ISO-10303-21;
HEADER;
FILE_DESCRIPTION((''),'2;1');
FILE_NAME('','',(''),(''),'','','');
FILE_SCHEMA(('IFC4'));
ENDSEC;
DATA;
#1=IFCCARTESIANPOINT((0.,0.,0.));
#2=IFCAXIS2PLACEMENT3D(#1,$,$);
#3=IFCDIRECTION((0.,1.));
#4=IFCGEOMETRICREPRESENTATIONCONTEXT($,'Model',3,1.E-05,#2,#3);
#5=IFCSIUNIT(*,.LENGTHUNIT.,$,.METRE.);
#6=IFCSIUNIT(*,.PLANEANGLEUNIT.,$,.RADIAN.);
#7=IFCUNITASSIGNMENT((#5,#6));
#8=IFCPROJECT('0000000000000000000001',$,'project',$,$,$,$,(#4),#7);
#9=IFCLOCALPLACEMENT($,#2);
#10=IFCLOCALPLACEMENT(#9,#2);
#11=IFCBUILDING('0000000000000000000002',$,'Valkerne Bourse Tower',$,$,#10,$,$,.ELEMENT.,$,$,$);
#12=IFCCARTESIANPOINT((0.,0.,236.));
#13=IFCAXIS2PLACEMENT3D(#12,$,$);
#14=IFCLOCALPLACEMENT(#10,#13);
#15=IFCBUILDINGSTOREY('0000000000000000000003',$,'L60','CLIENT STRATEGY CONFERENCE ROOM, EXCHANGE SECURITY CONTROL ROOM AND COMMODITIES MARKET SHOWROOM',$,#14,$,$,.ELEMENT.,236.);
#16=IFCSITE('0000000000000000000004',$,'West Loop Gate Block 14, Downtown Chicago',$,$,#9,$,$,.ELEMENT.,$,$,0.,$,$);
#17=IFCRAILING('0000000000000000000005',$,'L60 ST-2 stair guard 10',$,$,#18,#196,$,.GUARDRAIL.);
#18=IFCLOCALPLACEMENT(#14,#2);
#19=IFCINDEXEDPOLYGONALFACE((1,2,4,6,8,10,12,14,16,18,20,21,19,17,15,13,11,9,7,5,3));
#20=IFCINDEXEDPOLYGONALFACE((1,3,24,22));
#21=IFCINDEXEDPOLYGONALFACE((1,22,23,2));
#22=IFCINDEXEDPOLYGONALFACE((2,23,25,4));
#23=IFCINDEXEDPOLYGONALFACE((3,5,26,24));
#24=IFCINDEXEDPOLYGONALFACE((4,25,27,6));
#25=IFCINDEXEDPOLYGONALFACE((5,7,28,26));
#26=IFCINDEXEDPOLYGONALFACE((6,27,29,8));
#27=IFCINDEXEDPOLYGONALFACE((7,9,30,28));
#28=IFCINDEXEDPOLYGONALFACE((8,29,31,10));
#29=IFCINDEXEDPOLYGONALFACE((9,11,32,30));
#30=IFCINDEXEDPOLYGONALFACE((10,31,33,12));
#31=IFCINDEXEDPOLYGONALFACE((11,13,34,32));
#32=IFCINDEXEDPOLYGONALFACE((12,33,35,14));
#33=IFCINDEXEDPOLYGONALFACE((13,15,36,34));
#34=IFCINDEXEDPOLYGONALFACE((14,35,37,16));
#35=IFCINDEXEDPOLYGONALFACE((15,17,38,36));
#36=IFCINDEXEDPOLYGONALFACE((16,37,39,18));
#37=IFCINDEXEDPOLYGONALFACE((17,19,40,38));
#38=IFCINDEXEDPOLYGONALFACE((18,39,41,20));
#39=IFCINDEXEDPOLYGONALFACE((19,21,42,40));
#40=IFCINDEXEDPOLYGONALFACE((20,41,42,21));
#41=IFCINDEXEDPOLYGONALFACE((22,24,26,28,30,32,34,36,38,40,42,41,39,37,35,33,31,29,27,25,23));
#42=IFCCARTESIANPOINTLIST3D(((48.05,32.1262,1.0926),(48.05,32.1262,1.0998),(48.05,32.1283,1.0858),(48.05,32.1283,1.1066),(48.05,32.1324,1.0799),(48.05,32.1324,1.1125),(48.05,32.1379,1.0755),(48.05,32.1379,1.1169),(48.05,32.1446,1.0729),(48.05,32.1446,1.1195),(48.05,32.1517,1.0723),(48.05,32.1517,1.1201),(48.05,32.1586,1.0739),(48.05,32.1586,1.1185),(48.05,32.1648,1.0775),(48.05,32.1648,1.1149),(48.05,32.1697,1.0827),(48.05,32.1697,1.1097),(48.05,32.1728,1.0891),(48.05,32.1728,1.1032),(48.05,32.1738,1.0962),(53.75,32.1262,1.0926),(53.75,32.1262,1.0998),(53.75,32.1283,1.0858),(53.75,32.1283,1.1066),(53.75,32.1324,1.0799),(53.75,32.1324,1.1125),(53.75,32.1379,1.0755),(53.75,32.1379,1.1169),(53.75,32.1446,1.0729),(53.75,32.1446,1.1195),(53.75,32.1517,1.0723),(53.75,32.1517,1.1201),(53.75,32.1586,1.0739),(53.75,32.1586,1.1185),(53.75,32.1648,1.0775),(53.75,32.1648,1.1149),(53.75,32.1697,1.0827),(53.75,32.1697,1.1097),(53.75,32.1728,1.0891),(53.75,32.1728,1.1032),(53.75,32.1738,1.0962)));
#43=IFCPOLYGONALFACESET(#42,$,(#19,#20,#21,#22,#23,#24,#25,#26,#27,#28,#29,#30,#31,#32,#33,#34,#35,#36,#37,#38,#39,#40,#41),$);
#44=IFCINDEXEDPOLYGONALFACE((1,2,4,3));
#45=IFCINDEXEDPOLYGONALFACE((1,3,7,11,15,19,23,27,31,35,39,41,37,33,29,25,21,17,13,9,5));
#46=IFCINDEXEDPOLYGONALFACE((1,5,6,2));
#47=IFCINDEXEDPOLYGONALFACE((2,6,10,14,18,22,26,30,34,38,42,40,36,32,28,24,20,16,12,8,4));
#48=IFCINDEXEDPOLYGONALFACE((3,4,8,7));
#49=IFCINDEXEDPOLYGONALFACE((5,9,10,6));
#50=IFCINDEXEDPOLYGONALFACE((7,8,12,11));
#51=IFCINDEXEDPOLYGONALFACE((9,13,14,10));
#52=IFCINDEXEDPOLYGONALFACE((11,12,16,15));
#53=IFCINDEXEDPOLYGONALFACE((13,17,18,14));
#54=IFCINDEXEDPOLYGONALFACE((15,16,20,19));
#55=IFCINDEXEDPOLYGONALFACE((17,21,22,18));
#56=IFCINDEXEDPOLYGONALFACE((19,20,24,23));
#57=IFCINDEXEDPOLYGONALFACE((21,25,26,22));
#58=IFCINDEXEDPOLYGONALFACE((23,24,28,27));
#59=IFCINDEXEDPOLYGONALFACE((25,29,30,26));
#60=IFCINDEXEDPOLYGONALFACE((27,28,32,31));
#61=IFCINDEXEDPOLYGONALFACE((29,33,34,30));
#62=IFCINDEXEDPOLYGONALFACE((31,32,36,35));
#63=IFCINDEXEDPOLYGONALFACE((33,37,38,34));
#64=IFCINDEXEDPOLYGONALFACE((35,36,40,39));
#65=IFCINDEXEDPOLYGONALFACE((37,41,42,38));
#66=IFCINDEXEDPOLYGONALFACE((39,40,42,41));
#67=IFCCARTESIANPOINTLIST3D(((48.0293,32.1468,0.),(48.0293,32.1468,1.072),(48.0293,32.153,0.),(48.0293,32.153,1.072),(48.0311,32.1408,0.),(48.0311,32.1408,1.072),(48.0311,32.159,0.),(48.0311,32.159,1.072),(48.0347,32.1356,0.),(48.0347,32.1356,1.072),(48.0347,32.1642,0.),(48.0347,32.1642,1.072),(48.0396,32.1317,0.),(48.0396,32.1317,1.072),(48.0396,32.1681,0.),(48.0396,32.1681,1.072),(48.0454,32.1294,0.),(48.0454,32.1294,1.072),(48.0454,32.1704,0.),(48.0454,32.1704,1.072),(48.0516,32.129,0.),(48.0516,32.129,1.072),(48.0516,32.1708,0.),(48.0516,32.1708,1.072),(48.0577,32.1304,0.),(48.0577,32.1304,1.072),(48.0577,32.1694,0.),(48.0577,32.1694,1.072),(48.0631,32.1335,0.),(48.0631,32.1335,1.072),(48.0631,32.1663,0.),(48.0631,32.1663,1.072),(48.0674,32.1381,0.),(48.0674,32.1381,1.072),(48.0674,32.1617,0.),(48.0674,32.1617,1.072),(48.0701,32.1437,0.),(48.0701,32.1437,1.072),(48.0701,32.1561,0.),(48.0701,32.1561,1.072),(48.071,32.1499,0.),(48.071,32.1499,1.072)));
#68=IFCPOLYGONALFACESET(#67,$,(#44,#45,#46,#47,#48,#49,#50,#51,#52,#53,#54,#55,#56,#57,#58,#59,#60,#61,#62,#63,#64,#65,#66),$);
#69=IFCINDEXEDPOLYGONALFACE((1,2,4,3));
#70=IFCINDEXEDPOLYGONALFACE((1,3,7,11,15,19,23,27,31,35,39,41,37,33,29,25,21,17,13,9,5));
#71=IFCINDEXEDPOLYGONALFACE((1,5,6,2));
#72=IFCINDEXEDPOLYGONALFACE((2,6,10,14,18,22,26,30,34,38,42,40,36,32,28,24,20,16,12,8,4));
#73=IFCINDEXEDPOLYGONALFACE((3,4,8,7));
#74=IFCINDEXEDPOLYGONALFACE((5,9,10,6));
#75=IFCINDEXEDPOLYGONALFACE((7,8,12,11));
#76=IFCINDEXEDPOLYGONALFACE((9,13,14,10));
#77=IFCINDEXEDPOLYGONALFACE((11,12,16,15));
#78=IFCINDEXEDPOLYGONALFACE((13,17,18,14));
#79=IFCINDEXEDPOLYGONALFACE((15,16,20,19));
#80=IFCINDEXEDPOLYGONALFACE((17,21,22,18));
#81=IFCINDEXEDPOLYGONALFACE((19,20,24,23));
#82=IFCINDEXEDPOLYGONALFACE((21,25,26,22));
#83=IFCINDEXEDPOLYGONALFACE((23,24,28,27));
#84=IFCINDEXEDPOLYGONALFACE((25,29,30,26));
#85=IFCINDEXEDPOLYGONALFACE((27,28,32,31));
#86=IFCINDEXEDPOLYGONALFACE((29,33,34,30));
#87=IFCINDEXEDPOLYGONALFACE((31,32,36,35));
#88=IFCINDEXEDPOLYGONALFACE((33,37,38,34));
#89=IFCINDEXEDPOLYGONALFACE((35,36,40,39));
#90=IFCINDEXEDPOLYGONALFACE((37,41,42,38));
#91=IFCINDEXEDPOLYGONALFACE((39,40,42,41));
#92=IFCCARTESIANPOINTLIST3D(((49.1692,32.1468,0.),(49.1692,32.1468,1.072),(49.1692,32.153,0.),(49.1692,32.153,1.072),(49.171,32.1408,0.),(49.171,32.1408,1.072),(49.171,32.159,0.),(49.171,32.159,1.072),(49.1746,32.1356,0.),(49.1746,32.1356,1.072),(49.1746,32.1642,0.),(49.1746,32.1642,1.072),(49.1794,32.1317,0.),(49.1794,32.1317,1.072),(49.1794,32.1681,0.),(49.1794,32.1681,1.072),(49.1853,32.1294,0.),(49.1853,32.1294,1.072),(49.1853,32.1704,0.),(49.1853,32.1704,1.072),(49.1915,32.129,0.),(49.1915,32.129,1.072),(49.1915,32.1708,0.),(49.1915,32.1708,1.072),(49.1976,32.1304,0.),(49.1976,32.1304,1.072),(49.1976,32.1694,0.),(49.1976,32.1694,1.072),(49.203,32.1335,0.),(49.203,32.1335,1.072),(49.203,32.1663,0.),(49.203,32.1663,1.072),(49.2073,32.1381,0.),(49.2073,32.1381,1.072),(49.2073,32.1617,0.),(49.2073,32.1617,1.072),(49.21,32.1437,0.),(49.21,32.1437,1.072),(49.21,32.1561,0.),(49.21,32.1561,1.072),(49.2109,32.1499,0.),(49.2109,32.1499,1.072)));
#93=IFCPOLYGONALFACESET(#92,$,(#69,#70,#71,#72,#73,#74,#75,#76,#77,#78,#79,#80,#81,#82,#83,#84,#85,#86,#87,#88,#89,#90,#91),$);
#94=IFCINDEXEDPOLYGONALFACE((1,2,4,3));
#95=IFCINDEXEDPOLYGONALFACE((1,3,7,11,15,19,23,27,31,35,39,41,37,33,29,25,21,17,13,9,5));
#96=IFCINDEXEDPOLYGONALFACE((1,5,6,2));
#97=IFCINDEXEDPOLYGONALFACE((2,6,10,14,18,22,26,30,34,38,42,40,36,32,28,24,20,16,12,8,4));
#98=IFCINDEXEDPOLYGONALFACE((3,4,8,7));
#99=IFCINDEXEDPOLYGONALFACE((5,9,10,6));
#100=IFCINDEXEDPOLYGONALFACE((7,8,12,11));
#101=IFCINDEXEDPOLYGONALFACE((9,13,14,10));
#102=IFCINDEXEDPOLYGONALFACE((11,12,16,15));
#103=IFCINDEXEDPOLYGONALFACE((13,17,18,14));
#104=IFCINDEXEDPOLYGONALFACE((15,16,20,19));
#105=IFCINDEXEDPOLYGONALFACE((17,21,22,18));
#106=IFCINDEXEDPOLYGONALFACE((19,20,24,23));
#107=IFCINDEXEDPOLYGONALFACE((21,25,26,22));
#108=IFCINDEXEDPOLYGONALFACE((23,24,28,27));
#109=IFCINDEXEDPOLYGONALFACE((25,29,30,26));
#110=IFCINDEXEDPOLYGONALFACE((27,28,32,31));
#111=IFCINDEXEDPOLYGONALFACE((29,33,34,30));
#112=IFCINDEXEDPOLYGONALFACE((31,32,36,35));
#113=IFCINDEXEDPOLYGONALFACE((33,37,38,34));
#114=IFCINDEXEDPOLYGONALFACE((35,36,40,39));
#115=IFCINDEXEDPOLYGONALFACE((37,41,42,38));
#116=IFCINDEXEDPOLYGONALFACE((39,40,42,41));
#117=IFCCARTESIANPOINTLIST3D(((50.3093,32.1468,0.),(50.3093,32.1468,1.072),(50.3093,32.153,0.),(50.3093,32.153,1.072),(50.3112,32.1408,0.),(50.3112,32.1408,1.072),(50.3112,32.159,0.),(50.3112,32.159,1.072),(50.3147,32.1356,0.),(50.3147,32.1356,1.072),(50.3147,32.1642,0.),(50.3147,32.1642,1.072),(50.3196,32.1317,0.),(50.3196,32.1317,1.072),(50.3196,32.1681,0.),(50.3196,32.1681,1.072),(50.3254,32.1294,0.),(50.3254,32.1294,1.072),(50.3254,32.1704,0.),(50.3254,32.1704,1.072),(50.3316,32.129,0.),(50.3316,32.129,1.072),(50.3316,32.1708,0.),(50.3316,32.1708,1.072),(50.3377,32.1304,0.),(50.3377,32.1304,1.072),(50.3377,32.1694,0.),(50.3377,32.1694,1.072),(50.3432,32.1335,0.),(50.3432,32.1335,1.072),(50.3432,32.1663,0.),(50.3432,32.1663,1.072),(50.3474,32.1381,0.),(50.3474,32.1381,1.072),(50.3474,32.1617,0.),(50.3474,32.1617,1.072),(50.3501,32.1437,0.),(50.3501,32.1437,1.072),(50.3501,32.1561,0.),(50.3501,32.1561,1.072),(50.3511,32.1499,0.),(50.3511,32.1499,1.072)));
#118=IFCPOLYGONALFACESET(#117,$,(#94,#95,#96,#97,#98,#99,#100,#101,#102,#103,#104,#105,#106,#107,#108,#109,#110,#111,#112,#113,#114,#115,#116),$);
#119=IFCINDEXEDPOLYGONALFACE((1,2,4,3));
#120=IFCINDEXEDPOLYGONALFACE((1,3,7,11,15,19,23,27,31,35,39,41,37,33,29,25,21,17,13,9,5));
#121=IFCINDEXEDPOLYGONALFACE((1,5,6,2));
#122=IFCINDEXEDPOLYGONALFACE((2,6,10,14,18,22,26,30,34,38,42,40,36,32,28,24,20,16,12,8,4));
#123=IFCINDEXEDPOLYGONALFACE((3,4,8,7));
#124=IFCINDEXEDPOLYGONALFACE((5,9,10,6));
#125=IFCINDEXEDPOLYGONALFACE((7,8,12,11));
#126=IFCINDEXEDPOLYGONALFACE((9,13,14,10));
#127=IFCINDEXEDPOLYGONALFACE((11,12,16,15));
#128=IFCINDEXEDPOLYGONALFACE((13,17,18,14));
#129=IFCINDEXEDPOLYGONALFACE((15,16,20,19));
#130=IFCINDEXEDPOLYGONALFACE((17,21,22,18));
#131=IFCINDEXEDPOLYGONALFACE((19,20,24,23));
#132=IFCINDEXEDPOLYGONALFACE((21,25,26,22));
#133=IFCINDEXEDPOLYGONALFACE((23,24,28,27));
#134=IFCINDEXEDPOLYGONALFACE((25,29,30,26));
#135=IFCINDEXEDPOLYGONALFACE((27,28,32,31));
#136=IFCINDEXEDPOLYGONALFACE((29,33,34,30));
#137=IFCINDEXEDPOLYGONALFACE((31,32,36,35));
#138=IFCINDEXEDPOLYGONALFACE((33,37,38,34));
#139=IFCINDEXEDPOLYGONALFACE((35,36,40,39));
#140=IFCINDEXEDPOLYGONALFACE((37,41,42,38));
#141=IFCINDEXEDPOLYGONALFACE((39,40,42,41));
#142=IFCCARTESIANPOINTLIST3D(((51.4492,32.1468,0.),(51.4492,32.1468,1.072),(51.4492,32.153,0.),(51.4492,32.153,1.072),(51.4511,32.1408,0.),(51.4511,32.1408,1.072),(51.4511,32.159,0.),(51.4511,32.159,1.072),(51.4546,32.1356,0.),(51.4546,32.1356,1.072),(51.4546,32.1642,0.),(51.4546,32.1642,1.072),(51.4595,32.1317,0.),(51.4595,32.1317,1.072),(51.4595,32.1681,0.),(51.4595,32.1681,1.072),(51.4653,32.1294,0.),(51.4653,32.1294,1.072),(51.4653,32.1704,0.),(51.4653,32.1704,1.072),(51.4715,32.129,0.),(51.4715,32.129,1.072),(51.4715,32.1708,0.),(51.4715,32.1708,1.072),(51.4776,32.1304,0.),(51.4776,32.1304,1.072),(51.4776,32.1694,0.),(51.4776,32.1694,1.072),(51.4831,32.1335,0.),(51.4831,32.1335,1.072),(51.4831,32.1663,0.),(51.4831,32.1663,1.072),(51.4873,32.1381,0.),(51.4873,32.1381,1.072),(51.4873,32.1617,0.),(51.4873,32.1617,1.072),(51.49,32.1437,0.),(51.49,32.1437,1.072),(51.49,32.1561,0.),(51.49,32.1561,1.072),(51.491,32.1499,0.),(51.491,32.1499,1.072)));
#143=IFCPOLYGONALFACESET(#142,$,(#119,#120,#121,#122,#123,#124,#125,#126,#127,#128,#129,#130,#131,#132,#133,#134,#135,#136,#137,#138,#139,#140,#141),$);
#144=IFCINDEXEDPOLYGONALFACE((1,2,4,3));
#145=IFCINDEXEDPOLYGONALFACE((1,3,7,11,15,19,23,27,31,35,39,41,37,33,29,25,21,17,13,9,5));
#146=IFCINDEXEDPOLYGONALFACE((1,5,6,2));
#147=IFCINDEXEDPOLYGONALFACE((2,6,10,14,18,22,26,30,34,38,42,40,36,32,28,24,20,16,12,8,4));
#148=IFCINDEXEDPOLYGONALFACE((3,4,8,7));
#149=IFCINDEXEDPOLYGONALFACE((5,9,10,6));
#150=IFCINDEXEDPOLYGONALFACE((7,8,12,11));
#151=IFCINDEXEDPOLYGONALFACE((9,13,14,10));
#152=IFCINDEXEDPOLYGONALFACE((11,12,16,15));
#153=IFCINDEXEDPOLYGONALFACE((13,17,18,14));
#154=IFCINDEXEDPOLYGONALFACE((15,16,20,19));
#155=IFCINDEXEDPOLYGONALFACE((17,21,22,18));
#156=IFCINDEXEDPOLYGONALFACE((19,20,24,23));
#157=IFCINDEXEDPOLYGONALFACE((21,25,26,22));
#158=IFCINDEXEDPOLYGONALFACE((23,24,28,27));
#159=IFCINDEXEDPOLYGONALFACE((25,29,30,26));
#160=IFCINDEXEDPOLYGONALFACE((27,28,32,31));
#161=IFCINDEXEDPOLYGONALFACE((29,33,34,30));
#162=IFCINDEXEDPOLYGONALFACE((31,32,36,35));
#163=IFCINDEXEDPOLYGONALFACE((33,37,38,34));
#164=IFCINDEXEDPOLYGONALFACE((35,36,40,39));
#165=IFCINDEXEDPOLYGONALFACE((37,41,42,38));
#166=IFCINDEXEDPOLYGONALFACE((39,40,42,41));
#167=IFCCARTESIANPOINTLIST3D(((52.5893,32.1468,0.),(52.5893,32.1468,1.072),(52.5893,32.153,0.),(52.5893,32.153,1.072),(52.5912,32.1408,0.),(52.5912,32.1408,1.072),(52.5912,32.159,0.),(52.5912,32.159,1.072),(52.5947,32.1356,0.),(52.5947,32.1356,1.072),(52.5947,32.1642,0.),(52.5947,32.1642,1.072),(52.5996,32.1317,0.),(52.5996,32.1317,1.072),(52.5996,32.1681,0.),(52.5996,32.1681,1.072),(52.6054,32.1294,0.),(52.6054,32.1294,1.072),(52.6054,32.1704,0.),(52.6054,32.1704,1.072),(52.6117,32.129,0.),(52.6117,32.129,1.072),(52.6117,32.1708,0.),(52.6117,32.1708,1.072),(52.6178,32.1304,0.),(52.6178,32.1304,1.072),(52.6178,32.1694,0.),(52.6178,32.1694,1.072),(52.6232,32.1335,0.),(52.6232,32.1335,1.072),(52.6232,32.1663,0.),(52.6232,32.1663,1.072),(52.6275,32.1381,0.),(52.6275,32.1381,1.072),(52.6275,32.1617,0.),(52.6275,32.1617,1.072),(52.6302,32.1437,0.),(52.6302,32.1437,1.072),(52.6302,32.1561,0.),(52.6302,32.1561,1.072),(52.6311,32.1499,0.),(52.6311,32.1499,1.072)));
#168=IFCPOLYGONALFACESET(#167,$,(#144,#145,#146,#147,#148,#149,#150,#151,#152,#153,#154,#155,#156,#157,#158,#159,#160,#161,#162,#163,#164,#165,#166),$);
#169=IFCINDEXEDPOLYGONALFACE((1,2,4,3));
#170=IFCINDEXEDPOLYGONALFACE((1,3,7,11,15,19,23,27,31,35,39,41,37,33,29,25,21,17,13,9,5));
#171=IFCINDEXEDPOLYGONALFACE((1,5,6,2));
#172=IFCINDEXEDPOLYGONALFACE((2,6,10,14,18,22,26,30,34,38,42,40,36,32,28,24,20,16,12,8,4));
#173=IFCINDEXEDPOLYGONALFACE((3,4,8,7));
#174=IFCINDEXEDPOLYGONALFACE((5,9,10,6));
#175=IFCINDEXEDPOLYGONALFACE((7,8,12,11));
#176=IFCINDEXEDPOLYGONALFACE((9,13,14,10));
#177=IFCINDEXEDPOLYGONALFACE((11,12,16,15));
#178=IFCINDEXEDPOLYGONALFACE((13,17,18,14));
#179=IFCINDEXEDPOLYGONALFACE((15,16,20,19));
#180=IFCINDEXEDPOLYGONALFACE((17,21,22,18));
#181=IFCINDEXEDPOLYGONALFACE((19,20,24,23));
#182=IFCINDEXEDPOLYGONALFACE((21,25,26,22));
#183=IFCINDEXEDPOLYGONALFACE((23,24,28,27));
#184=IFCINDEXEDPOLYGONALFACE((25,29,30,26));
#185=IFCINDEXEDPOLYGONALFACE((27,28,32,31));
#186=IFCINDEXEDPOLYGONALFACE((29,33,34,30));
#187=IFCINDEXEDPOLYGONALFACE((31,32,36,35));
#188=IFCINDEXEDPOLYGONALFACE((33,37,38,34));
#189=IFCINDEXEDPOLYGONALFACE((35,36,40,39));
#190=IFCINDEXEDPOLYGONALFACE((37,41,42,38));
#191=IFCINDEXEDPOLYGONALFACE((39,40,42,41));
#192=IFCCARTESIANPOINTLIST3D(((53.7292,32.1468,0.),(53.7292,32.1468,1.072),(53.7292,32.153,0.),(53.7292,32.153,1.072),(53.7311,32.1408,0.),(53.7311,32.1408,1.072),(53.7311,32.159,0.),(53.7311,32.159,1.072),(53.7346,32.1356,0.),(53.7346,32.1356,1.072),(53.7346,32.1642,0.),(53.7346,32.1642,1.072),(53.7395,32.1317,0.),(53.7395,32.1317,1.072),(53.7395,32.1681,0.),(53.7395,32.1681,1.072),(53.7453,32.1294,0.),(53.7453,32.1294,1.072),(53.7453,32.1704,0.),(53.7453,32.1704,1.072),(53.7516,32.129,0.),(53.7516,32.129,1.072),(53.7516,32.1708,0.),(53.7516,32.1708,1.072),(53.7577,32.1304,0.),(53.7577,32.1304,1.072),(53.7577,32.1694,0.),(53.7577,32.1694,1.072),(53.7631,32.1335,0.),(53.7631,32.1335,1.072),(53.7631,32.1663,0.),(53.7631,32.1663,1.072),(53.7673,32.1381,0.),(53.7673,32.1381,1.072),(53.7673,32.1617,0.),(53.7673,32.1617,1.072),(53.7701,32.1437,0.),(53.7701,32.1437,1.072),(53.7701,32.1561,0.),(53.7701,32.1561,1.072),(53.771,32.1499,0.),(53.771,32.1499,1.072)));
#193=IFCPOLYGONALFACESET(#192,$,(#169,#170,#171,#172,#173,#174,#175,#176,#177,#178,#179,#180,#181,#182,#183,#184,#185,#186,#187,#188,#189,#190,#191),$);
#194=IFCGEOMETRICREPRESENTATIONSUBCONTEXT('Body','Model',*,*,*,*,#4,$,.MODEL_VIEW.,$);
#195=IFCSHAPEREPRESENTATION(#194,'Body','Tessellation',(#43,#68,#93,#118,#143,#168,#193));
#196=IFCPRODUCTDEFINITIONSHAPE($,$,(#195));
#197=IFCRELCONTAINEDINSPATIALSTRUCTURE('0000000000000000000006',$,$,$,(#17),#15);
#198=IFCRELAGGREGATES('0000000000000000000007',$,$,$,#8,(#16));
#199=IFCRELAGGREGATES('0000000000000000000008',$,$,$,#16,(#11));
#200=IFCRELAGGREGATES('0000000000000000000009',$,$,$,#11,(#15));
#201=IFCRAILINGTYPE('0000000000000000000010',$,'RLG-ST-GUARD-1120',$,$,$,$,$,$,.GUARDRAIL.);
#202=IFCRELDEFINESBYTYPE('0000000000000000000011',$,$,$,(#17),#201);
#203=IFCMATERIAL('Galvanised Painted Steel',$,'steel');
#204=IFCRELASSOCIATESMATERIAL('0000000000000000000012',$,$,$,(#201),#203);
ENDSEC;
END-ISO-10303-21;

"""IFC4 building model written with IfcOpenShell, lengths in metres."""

from ifc_helpers import new_model, si_unit, direction, frame, origin, origin_2d, place, context, subcontext, project, spatial, circle, extrude, material, type_object, element, save


model = new_model("IFC4")

# Units and contexts
model_context = context("Model", 3, precision=1e-05, world=origin(), true_north=direction((0.0, 1.0)))
body_context = subcontext(model_context, "Body", "Model", "MODEL_VIEW")
ifc_project = project(units=[si_unit("LENGTHUNIT", "METRE"), si_unit("PLANEANGLEUNIT", "RADIAN")], contexts=[model_context])

# Site, building, storey
site_placement = place(None, origin())
site = spatial("IfcSite", under=ifc_project, at=site_placement, Name="West Loop Gate Block 14, Downtown Chicago", CompositionType="ELEMENT", RefElevation=0.0)
building_placement = place(site_placement, origin())
building = spatial("IfcBuilding", under=site, at=building_placement, Name="Valkerne Bourse Tower", CompositionType="ELEMENT")
storey_placement = place(building_placement, frame((0.0, 0.0, 236.0)))
storey = spatial("IfcBuildingStorey", under=building, at=storey_placement, Name="L60", Description="CLIENT STRATEGY CONFERENCE ROOM, EXCHANGE SECURITY CONTROL ROOM AND COMMODITIES MARKET SHOWROOM", CompositionType="ELEMENT", Elevation=236.0)

# Shared definitions
ifc_material_1 = material(Name="Galvanised Painted Steel", Category="steel")

# Railing
railing_type_1 = type_object("IfcRailingType", Name="RLG-ST-GUARD-1120", PredefinedType="GUARDRAIL", material=ifc_material_1)
railing_1_placement = place(storey_placement, frame((48.05, 32.1499, 0.0)))
element("IfcRailing", 1, at=railing_1_placement, inside=storey, type_object=railing_type_1, Name="L60 ST-2 stair guard 10", PredefinedType="GUARDRAIL", context=body_context, shape_type="SweptSolid", body=[
    extrude(circle(Radius=0.0239, at=origin_2d()), frame((0.0, 0.0, 1.0962), z_axis=(1.0, 0.0, 0.0), x_axis=(0.0, 1.0, 0.0)), (0.0, 0.0, 1.0), 5.7),
    extrude(circle(Radius=0.021, at=origin_2d()), origin(), (0.0, 0.0, 1.0), 1.072),
    extrude(circle(Radius=0.021, at=origin_2d()), frame((1.1399, 0.0, 0.0)), (0.0, 0.0, 1.0), 1.072),
    extrude(circle(Radius=0.021, at=origin_2d()), frame((2.28, 0.0, 0.0)), (0.0, 0.0, 1.0), 1.072),
    extrude(circle(Radius=0.021, at=origin_2d()), frame((3.4199, 0.0, 0.0)), (0.0, 0.0, 1.0), 1.072),
    extrude(circle(Radius=0.021, at=origin_2d()), frame((4.5601, 0.0, 0.0)), (0.0, 0.0, 1.0), 1.072),
    extrude(circle(Radius=0.021, at=origin_2d()), frame((5.7, 0.0, 0.0)), (0.0, 0.0, 1.0), 1.072),
])

save(model, "model.ifc")
